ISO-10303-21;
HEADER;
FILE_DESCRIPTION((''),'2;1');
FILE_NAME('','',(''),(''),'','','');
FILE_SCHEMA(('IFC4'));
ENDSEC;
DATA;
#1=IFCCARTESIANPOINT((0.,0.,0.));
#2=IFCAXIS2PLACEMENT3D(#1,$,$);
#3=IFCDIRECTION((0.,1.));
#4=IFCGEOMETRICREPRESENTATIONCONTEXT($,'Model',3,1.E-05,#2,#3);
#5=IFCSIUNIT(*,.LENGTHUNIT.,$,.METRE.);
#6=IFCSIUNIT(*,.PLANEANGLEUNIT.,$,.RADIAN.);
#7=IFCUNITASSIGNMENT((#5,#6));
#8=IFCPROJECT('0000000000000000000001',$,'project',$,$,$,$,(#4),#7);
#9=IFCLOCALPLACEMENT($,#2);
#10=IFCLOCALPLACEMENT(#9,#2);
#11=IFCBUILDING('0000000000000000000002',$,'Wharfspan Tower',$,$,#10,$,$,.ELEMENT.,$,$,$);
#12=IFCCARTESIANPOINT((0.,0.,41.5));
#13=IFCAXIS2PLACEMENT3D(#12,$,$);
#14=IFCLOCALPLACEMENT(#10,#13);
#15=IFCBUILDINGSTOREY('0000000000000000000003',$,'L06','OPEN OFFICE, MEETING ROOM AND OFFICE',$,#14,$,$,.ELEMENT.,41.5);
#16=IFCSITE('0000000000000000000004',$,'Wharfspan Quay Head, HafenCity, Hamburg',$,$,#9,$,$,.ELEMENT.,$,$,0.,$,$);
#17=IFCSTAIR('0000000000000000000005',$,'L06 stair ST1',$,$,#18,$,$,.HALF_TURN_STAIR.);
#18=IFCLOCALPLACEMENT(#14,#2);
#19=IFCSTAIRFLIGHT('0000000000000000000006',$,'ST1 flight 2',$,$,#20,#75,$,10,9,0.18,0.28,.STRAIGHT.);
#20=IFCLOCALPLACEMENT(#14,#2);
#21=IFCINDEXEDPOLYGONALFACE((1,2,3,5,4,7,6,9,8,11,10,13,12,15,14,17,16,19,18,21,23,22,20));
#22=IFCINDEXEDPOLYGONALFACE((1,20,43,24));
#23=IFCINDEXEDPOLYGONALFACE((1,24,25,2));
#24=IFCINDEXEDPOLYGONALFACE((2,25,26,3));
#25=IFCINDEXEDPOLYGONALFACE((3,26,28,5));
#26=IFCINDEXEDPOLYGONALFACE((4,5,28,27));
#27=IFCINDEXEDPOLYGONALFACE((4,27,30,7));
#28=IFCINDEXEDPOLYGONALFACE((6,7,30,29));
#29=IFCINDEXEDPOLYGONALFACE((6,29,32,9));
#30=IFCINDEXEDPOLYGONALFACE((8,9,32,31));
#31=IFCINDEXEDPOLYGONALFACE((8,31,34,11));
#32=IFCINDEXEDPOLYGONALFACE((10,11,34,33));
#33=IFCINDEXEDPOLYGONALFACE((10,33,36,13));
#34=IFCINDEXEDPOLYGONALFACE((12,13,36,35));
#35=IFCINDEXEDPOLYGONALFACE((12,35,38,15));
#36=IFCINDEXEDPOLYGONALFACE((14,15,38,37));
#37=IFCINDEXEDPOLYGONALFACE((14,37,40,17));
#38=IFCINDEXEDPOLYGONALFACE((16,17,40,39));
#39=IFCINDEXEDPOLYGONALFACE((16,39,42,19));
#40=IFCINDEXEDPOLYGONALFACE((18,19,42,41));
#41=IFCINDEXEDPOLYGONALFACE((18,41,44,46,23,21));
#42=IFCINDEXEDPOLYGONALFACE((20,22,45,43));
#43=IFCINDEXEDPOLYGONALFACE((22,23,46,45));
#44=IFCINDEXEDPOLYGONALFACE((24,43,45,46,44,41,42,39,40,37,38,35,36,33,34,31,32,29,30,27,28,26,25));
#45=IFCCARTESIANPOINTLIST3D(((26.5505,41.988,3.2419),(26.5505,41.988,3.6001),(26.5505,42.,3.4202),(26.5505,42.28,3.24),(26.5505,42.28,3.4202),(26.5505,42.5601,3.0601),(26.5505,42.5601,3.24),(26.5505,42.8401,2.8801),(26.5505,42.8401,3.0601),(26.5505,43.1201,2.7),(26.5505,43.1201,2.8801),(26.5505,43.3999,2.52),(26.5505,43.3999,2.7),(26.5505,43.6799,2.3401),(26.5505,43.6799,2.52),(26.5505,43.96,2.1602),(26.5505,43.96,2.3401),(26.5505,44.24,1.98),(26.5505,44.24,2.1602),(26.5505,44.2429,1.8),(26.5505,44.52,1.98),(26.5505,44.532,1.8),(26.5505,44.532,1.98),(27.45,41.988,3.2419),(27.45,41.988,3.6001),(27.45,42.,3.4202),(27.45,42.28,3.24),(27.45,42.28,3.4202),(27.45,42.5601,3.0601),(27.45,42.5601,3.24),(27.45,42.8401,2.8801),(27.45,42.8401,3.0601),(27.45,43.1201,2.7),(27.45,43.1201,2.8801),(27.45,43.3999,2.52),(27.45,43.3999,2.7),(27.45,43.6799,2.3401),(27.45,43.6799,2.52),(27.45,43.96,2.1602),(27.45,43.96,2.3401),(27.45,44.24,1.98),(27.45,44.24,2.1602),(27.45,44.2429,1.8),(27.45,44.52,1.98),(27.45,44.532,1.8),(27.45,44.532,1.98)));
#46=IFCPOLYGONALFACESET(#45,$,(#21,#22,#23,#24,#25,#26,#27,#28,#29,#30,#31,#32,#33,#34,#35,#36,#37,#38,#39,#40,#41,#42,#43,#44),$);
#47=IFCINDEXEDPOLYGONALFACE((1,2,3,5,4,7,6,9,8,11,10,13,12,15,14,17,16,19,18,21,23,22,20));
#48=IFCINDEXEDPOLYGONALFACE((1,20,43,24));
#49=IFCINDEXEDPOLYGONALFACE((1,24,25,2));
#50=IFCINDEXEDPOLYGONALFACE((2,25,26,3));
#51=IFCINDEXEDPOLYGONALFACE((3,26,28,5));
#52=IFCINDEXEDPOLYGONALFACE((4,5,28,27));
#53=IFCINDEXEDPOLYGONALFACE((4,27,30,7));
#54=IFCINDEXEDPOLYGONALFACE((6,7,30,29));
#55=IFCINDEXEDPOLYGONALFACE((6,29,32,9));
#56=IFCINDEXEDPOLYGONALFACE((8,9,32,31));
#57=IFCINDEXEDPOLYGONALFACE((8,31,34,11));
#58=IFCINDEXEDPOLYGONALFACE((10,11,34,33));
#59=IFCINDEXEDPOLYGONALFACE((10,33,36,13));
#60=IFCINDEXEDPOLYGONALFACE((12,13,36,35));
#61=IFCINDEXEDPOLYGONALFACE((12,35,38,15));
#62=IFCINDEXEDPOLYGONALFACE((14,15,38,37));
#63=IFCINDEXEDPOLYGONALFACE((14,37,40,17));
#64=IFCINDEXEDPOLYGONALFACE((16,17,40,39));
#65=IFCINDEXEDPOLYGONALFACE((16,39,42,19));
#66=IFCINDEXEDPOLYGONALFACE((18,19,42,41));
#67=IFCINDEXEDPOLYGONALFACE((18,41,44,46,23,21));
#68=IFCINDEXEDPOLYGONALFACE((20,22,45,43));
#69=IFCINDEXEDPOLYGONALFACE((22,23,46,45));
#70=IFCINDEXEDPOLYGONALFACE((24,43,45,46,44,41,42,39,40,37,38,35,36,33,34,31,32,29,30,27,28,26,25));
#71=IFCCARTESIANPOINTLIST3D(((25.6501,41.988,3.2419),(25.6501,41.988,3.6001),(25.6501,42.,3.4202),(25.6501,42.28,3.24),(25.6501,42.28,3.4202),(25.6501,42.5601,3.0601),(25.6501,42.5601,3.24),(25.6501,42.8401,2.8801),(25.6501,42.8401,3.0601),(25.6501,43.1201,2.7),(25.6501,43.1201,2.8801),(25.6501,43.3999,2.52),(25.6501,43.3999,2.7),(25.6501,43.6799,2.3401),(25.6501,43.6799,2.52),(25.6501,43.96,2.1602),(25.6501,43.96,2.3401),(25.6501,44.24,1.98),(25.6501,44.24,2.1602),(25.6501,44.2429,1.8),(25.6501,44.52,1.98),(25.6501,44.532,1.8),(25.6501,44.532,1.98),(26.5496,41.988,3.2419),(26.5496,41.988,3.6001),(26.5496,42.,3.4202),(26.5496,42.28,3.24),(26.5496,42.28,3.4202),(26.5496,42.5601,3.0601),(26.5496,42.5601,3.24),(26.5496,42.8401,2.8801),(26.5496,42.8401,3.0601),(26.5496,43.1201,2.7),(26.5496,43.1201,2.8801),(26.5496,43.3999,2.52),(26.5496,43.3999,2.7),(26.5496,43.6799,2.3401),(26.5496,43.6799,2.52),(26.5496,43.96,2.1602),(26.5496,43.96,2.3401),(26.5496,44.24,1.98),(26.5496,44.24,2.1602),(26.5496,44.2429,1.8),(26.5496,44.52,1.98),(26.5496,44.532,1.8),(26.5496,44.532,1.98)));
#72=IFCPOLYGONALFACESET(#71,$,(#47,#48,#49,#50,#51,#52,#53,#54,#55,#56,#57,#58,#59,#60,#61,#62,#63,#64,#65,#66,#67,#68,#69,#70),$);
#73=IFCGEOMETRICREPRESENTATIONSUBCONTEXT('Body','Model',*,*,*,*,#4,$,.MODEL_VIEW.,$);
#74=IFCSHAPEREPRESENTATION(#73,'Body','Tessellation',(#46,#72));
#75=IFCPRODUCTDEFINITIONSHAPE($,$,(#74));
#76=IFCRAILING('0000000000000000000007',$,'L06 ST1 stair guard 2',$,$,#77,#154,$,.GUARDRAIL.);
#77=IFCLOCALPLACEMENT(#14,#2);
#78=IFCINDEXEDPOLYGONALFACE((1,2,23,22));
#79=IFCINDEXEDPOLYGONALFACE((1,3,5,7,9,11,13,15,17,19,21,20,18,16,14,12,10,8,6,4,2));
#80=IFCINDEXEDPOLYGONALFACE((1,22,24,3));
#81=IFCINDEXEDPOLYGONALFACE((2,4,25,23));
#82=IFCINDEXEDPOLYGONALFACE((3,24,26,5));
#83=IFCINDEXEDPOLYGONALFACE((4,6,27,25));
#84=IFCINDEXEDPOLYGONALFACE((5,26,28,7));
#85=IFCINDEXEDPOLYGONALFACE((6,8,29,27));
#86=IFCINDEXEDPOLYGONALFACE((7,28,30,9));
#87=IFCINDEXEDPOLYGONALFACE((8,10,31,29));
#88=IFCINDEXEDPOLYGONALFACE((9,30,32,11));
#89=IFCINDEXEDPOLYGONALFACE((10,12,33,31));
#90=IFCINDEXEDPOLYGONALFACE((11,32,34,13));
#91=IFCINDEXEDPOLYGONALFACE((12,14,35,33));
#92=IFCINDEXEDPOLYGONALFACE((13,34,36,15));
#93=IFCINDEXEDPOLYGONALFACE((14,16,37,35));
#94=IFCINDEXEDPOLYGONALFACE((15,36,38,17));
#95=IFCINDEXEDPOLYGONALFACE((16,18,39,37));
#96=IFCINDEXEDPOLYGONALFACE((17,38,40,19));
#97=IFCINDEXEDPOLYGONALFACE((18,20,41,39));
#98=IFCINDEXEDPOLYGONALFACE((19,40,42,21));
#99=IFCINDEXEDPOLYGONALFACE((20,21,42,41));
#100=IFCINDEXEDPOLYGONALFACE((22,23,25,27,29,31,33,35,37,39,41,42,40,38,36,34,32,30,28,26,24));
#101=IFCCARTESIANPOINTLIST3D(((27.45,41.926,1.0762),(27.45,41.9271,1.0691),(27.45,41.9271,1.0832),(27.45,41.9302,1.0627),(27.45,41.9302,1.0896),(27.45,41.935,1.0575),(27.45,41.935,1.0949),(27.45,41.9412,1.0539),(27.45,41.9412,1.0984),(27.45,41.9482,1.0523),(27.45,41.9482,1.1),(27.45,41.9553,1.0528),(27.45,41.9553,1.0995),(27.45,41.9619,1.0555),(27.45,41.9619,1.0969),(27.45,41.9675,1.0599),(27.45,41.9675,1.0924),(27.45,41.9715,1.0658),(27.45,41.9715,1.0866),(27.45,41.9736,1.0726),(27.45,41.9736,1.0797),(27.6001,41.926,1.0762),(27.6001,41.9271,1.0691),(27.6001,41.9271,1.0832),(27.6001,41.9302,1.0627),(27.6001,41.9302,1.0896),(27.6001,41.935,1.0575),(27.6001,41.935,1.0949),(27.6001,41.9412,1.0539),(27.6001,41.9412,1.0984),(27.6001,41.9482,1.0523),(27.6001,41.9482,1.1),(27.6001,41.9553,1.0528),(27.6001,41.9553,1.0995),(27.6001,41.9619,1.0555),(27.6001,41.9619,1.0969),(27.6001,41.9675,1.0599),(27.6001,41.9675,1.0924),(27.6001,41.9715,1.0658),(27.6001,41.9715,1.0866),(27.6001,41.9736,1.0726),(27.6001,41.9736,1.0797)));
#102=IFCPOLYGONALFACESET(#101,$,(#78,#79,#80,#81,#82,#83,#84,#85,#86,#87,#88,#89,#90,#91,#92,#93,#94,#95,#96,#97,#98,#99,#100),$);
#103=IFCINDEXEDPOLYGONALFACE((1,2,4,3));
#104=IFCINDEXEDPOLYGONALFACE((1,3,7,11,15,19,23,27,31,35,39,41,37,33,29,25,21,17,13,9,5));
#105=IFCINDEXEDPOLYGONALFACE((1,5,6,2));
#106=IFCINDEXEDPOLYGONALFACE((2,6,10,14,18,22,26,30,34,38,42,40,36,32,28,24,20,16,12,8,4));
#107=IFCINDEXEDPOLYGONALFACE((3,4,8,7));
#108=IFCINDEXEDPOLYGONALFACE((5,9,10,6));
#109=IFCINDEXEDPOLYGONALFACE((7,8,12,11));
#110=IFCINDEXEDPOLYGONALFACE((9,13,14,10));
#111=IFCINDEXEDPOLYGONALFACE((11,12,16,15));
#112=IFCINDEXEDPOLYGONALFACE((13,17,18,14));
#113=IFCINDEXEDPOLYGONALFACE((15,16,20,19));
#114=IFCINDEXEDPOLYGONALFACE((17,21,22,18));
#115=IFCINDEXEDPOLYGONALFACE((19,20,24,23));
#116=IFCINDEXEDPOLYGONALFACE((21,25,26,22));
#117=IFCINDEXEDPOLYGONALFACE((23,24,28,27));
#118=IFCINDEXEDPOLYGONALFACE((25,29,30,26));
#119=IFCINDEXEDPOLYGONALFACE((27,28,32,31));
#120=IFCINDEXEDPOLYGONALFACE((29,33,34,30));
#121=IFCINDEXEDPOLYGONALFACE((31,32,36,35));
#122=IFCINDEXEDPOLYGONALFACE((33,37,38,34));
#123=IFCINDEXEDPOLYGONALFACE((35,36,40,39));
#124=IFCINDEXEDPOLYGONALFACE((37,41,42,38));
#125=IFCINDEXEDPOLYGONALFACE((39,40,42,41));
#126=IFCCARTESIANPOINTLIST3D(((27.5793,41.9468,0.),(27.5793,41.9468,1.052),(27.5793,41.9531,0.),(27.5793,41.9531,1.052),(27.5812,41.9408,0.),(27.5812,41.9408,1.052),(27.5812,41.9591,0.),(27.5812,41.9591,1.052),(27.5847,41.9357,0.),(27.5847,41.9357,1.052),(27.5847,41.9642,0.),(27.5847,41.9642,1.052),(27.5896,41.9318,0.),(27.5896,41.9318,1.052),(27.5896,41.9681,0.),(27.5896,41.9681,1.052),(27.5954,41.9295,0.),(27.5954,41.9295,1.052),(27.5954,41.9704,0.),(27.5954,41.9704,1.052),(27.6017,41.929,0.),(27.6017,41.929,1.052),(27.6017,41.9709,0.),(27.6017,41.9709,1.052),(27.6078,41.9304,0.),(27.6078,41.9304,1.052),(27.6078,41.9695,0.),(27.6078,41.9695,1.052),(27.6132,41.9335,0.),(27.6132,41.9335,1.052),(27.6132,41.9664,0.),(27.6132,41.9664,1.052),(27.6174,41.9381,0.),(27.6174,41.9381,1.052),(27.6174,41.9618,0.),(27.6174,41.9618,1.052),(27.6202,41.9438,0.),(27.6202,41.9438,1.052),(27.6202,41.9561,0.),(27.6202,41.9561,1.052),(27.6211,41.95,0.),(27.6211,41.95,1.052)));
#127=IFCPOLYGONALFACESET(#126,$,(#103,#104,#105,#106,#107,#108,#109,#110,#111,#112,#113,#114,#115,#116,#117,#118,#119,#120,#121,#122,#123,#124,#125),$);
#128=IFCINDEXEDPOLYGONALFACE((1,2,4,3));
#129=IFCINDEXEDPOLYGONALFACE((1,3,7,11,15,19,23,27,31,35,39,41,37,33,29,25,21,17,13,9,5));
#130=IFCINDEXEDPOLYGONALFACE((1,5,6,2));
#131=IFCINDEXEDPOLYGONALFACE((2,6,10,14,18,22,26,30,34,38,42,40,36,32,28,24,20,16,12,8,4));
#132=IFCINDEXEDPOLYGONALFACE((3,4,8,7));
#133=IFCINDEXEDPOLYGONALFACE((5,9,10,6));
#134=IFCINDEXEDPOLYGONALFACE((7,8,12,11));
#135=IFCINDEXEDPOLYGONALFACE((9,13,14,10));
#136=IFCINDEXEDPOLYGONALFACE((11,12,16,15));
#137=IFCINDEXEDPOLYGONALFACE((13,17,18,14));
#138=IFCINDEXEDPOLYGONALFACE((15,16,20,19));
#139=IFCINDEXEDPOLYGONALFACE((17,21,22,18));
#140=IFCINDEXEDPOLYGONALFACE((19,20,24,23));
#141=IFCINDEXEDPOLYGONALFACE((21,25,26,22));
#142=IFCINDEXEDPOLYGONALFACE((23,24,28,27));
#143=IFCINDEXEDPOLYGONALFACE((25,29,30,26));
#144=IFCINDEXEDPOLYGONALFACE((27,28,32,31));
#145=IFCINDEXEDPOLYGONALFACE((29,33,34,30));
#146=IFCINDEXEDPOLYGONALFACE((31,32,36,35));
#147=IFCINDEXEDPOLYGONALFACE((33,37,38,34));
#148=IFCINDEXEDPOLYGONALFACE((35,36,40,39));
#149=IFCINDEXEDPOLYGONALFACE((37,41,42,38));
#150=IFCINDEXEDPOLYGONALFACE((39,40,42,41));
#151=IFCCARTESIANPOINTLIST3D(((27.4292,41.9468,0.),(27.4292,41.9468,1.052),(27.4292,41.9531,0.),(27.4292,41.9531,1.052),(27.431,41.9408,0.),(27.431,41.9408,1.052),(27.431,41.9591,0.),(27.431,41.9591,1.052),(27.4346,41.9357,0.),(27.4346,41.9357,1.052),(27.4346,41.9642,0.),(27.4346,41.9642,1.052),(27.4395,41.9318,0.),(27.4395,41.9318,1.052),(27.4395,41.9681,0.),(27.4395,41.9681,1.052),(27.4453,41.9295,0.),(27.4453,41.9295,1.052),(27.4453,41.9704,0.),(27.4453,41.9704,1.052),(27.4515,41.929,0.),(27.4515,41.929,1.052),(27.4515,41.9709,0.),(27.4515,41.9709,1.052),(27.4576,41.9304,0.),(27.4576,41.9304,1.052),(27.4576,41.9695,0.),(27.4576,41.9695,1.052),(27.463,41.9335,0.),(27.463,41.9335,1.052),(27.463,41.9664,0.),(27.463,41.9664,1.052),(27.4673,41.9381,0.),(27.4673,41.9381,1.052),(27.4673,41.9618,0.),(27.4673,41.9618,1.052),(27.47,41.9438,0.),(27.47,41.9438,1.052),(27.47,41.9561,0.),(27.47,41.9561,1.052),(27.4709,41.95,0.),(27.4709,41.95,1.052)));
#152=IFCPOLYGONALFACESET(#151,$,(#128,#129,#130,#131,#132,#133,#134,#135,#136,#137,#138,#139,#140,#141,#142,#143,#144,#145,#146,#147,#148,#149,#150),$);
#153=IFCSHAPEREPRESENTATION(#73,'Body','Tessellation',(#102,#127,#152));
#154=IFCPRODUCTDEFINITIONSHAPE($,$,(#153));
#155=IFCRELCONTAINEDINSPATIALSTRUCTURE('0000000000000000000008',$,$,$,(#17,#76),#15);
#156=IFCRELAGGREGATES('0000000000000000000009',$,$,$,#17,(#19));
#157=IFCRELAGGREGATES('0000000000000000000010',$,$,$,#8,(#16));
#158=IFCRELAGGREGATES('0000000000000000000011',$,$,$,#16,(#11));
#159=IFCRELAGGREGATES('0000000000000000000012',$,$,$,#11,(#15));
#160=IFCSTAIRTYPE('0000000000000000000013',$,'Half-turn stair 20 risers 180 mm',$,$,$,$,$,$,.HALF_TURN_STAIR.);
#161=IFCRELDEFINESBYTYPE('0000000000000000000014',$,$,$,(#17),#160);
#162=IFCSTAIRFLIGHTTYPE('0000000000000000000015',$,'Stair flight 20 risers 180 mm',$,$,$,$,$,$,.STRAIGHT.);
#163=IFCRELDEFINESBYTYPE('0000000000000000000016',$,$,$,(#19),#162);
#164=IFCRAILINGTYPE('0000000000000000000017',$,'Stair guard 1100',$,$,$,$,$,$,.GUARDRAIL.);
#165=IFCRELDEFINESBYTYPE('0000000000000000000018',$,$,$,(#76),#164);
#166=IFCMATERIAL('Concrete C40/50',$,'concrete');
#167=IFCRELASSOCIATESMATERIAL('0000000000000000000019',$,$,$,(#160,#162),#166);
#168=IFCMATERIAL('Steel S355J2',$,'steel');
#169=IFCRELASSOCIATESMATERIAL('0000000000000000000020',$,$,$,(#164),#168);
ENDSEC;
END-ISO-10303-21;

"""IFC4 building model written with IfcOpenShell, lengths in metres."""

from ifc_helpers import new_model, si_unit, direction, frame, origin, origin_2d, place, context, subcontext, project, spatial, polyline, circle, outline, extrude, material, type_object, element, aggregate, save


model = new_model("IFC4")

# Units and contexts
model_context = context("Model", 3, precision=1e-05, world=origin(), true_north=direction((0.0, 1.0)))
body_context = subcontext(model_context, "Body", "Model", "MODEL_VIEW")
ifc_project = project(units=[si_unit("LENGTHUNIT", "METRE"), si_unit("PLANEANGLEUNIT", "RADIAN")], contexts=[model_context])

# Site, building, storey
site_placement = place(None, origin())
site = spatial("IfcSite", under=ifc_project, at=site_placement, Name="Wharfspan Quay Head, HafenCity, Hamburg", CompositionType="ELEMENT", RefElevation=0.0)
building_placement = place(site_placement, origin())
building = spatial("IfcBuilding", under=site, at=building_placement, Name="Wharfspan Tower", CompositionType="ELEMENT")
storey_placement = place(building_placement, frame((0.0, 0.0, 41.5)))
storey = spatial("IfcBuildingStorey", under=building, at=storey_placement, Name="L06", Description="OPEN OFFICE, MEETING ROOM AND OFFICE", CompositionType="ELEMENT", Elevation=41.5)

# Shared definitions
ifc_material_1 = material(Name="Steel S355J2", Category="steel")

# Stair, stair flight
ifc_material_2 = material(Name="Concrete C40/50", Category="concrete")
stair_type = type_object("IfcStairType", Name="Half-turn stair 20 risers 180 mm", PredefinedType="HALF_TURN_STAIR", material=ifc_material_2)
stair_placement = place(storey_placement, origin())
stair = element("IfcStair", 1, at=stair_placement, inside=storey, type_object=stair_type, Name="L06 stair ST1", PredefinedType="HALF_TURN_STAIR")
stair_flight_type = type_object("IfcStairFlightType", Name="Stair flight 20 risers 180 mm", PredefinedType="STRAIGHT", material=ifc_material_2)
stair_flight_1_placement = place(storey_placement, frame((26.55, 44.52, 1.8), z_axis=(0.0, 0.0, 1.0), x_axis=(0.0, -1.0, 0.0)))
stair_flight_1 = element("IfcStairFlight", 2, at=stair_flight_1_placement, type_object=stair_flight_type, Name="ST1 flight 2", NumberOfRisers=10, NumberOfTreads=9, PredefinedType="STRAIGHT", RiserHeight=0.18, TreadLength=0.28, context=body_context, shape_type="SweptSolid", body=[
    extrude(outline(polyline([(-0.012, 0.0), (-0.012, 0.1799), (0.0, 0.1799), (0.28, 0.1799), (0.28, 0.3601), (0.5601, 0.3601), (0.5601, 0.54), (0.8401, 0.54), (0.8401, 0.72), (1.1201, 0.72), (1.1201, 0.8999), (1.3999, 0.8999), (1.3999, 1.0801), (1.6799, 1.0801), (1.6799, 1.26), (1.96, 1.26), (1.96, 1.4399), (2.24, 1.4399), (2.24, 1.6201), (2.52, 1.6201), (2.532, 1.8), (2.532, 1.4419), (0.2771, 0.0), (-0.012, 0.0)])), frame((0.0, 0.8999, 0.0), z_axis=(0.0, -1.0, 0.0), x_axis=(1.0, 0.0, 0.0)), (0.0, 0.0, 1.0), 0.8994),
    extrude(outline(polyline([(-0.012, 0.0), (-0.012, 0.1799), (0.0, 0.1799), (0.28, 0.1799), (0.28, 0.3601), (0.5601, 0.3601), (0.5601, 0.54), (0.8401, 0.54), (0.8401, 0.72), (1.1201, 0.72), (1.1201, 0.8999), (1.3999, 0.8999), (1.3999, 1.0801), (1.6799, 1.0801), (1.6799, 1.26), (1.96, 1.26), (1.96, 1.4399), (2.24, 1.4399), (2.24, 1.6201), (2.52, 1.6201), (2.532, 1.8), (2.532, 1.4419), (0.2771, 0.0), (-0.012, 0.0)])), frame((0.0, -0.0005, 0.0), z_axis=(0.0, -1.0, 0.0), x_axis=(1.0, 0.0, 0.0)), (0.0, 0.0, 1.0), 0.8994),
])
aggregate(stair, [stair_flight_1])

# Railing
railing_type_1 = type_object("IfcRailingType", Name="Stair guard 1100", PredefinedType="GUARDRAIL", material=ifc_material_1)
railing_1_placement = place(storey_placement, frame((27.6001, 41.95, 0.0)))
element("IfcRailing", 3, at=railing_1_placement, inside=storey, type_object=railing_type_1, Name="L06 ST1 stair guard 2", PredefinedType="GUARDRAIL", context=body_context, shape_type="SweptSolid", body=[
    extrude(circle(Radius=0.0239, at=origin_2d()), frame((0.0, 0.0, 1.0762), z_axis=(-1.0, 0.0, 0.0), x_axis=(0.0, -1.0, 0.0)), (0.0, 0.0, 1.0), 0.1501),
    extrude(circle(Radius=0.021, at=origin_2d()), origin(), (0.0, 0.0, 1.0), 1.052),
    extrude(circle(Radius=0.021, at=origin_2d()), frame((-0.1501, 0.0, 0.0)), (0.0, 0.0, 1.0), 1.052),
])

save(model, "model.ifc")
